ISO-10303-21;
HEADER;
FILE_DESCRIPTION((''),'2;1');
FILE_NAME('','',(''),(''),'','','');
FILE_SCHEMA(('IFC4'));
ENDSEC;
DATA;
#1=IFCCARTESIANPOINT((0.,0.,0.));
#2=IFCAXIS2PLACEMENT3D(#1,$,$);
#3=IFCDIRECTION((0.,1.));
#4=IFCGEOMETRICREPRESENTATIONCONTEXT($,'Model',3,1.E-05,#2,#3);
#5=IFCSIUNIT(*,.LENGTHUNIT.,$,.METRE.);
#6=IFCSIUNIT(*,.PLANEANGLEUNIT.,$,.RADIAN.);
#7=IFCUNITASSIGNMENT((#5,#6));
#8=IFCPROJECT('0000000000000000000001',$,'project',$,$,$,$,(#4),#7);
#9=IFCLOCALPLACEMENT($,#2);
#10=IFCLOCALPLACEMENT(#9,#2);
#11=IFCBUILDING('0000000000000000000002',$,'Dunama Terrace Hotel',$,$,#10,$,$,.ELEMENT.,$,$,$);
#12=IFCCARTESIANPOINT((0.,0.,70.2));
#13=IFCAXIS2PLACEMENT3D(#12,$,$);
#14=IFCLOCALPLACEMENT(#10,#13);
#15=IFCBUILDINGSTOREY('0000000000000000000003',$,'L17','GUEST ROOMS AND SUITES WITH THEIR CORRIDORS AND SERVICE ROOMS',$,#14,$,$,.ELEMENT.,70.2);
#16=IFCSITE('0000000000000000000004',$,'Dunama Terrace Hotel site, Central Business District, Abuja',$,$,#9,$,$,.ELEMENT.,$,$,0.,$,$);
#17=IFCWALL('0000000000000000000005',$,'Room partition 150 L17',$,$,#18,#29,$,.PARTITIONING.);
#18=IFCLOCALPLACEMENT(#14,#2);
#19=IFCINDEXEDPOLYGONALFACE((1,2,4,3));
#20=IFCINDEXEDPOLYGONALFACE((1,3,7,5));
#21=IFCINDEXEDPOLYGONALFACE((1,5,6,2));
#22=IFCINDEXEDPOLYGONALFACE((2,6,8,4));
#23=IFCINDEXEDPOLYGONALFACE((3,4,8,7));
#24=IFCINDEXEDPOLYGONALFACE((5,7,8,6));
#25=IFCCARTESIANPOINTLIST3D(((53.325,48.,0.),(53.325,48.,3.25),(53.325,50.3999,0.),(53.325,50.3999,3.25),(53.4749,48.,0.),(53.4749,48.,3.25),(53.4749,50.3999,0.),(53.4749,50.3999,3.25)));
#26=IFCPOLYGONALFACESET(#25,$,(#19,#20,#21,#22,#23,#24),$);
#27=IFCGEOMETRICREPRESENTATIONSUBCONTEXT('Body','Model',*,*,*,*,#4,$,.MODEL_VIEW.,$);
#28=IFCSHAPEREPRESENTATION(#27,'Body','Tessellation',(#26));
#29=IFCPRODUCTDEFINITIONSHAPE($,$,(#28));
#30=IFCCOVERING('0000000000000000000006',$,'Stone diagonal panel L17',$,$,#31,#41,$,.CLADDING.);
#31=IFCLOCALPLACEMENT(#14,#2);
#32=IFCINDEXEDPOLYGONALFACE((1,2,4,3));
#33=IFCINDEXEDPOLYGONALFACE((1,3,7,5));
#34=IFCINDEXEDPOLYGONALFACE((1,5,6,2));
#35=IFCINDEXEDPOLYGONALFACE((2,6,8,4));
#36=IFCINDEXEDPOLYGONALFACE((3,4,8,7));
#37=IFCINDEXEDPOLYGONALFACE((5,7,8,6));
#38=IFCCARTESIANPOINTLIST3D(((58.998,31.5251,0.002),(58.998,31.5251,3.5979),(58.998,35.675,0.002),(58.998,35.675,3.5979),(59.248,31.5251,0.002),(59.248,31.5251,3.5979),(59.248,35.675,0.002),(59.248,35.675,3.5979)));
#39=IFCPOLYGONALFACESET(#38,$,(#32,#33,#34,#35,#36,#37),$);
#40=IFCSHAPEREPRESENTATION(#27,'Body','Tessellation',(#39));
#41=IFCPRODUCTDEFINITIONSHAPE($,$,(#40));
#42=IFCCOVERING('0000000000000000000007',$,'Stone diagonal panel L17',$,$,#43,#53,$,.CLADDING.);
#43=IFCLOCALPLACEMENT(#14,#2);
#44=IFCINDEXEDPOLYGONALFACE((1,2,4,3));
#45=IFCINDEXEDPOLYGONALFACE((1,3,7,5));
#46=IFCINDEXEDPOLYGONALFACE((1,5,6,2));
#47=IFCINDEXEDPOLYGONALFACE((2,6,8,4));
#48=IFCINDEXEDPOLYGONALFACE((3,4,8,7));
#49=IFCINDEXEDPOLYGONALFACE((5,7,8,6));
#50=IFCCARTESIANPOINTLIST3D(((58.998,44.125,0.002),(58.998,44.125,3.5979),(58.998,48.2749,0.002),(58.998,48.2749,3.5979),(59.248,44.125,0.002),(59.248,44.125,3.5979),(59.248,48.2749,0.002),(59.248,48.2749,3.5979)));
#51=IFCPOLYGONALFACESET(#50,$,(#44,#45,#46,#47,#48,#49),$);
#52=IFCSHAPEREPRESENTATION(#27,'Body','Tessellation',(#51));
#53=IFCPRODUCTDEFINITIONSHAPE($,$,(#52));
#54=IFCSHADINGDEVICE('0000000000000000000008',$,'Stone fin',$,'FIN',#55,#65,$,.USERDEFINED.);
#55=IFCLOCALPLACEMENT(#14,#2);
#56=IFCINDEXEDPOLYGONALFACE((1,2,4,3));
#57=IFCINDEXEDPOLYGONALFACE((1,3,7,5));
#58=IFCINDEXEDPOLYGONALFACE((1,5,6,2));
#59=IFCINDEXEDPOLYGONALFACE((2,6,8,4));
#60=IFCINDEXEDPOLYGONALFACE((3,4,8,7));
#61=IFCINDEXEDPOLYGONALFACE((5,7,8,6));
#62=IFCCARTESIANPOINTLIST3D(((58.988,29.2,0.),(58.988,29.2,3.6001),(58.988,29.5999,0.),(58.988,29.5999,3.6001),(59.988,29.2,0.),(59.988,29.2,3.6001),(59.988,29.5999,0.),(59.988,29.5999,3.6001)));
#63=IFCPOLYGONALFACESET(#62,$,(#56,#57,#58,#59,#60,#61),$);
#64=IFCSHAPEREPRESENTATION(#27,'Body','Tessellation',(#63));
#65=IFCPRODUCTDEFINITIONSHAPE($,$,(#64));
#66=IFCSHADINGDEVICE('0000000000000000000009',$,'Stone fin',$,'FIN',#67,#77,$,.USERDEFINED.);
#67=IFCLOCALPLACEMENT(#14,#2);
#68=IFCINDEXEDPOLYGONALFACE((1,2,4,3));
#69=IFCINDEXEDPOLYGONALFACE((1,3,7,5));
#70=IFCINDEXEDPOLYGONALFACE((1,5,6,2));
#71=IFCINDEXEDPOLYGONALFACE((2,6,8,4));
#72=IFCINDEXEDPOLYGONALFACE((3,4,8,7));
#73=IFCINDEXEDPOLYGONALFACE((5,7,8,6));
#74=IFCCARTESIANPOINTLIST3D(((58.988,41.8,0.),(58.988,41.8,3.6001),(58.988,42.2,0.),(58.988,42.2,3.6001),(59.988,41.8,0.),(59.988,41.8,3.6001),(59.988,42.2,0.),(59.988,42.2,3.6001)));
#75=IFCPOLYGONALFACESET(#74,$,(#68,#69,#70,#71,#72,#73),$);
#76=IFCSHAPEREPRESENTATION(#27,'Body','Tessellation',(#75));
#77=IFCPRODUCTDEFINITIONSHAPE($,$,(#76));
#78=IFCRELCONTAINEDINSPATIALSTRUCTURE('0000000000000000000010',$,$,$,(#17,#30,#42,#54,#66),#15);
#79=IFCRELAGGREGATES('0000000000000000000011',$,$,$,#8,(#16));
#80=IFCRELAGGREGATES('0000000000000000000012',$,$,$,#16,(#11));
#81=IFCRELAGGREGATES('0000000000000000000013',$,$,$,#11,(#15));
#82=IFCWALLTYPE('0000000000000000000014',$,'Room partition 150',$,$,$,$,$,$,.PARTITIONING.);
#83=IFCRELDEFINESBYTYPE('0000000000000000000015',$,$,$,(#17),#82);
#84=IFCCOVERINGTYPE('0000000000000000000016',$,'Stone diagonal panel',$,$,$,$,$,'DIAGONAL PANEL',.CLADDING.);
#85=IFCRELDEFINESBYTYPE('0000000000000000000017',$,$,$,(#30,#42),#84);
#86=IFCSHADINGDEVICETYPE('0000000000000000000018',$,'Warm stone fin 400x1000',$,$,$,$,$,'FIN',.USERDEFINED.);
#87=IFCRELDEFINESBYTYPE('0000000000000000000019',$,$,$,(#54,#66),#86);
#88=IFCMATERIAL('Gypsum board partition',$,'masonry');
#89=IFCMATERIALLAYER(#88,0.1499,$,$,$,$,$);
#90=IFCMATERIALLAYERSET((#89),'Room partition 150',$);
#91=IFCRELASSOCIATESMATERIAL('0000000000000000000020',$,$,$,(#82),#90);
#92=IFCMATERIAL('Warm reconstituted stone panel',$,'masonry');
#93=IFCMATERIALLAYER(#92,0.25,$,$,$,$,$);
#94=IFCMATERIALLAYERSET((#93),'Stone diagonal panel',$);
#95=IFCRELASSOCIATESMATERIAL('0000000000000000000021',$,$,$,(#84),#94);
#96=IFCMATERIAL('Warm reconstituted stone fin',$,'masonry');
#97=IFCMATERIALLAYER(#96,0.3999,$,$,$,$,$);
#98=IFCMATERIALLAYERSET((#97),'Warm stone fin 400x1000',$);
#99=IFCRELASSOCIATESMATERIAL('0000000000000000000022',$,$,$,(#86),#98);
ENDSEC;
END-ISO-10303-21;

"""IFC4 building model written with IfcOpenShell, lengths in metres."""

from ifc_helpers import new_model, si_unit, direction, frame, frame_2d, origin, origin_2d, place, context, subcontext, project, spatial, rectangle, extrude, material, layer, layer_set, type_object, element, save


model = new_model("IFC4")

# Units and contexts
model_context = context("Model", 3, precision=1e-05, world=origin(), true_north=direction((0.0, 1.0)))
body_context = subcontext(model_context, "Body", "Model", "MODEL_VIEW")
ifc_project = project(units=[si_unit("LENGTHUNIT", "METRE"), si_unit("PLANEANGLEUNIT", "RADIAN")], contexts=[model_context])

# Site, building, storey
site_placement = place(None, origin())
site = spatial("IfcSite", under=ifc_project, at=site_placement, Name="Dunama Terrace Hotel site, Central Business District, Abuja", CompositionType="ELEMENT", RefElevation=0.0)
building_placement = place(site_placement, origin())
building = spatial("IfcBuilding", under=site, at=building_placement, Name="Dunama Terrace Hotel", CompositionType="ELEMENT")
storey_placement = place(building_placement, frame((0.0, 0.0, 70.2)))
storey = spatial("IfcBuildingStorey", under=building, at=storey_placement, Name="L17", Description="GUEST ROOMS AND SUITES WITH THEIR CORRIDORS AND SERVICE ROOMS", CompositionType="ELEMENT", Elevation=70.2)

# Shared definitions
ifc_material_1 = material(Name="Gypsum board partition", Category="masonry")
ifc_layer_1 = layer(ifc_material_1, 0.1499)
ifc_layer_set_1 = layer_set([ifc_layer_1], Name="Room partition 150")
wall_type = type_object("IfcWallType", Name="Room partition 150", PredefinedType="PARTITIONING", material=ifc_layer_set_1)

# Wall
wall_1_placement = place(storey_placement, frame((53.3999, 48.0, 0.0), z_axis=(0.0, 0.0, 1.0), x_axis=(0.0, 1.0, 0.0)))
element("IfcWall", 1, at=wall_1_placement, inside=storey, type_object=wall_type, Name="Room partition 150 L17", PredefinedType="PARTITIONING", context=body_context, shape_type="SweptSolid", body=[
    extrude(rectangle(XDim=2.3999, YDim=0.1499, at=frame_2d((1.2, 0.0))), origin(), (0.0, 0.0, 1.0), 3.25),
])

# Coverings
ifc_material_2 = material(Name="Warm reconstituted stone panel", Category="masonry")
ifc_layer_2 = layer(ifc_material_2, 0.25)
ifc_layer_set_2 = layer_set([ifc_layer_2], Name="Stone diagonal panel")
covering_type = type_object("IfcCoveringType", Name="Stone diagonal panel", ElementType="DIAGONAL PANEL", PredefinedType="CLADDING", material=ifc_layer_set_2)
for number, where, z_axis, x_axis, name in (
    (2, (59.123, 33.6001, 0.002), (0.0, 0.0, 1.0), (0.0, 1.0, 0.0), "Stone diagonal panel L17"),
    (3, (59.123, 46.2, 0.002), (0.0, 0.0, 1.0), (0.0, 1.0, 0.0), "Stone diagonal panel L17"),
):
    element("IfcCovering", number, at=place(storey_placement, frame(where, z_axis=z_axis, x_axis=x_axis)), inside=storey, type_object=covering_type, Name=name, PredefinedType="CLADDING", context=body_context, shape_type="SweptSolid", body=[
        extrude(rectangle(XDim=4.1499, YDim=0.25, at=origin_2d()), origin(), (0.0, 0.0, 1.0), 3.5959),
    ])

# Shading devices
ifc_material_3 = material(Name="Warm reconstituted stone fin", Category="masonry")
ifc_layer_3 = layer(ifc_material_3, 0.3999)
ifc_layer_set_3 = layer_set([ifc_layer_3], Name="Warm stone fin 400x1000")
shading_device_type = type_object("IfcShadingDeviceType", Name="Warm stone fin 400x1000", ElementType="FIN", PredefinedType="USERDEFINED", material=ifc_layer_set_3)
for number, where, z_axis, x_axis, name in (
    (4, (59.488, 29.3999, 0.0), (0.0, 0.0, 1.0), (0.0, 1.0, 0.0), "Stone fin"),
    (5, (59.488, 42.0, 0.0), (0.0, 0.0, 1.0), (0.0, 1.0, 0.0), "Stone fin"),
):
    element("IfcShadingDevice", number, at=place(storey_placement, frame(where, z_axis=z_axis, x_axis=x_axis)), inside=storey, type_object=shading_device_type, Name=name, ObjectType="FIN", PredefinedType="USERDEFINED", context=body_context, shape_type="SweptSolid", body=[
        extrude(rectangle(XDim=0.3999, YDim=1.0, at=origin_2d()), origin(), (0.0, 0.0, 1.0), 3.6001),
    ])

save(model, "model.ifc")
